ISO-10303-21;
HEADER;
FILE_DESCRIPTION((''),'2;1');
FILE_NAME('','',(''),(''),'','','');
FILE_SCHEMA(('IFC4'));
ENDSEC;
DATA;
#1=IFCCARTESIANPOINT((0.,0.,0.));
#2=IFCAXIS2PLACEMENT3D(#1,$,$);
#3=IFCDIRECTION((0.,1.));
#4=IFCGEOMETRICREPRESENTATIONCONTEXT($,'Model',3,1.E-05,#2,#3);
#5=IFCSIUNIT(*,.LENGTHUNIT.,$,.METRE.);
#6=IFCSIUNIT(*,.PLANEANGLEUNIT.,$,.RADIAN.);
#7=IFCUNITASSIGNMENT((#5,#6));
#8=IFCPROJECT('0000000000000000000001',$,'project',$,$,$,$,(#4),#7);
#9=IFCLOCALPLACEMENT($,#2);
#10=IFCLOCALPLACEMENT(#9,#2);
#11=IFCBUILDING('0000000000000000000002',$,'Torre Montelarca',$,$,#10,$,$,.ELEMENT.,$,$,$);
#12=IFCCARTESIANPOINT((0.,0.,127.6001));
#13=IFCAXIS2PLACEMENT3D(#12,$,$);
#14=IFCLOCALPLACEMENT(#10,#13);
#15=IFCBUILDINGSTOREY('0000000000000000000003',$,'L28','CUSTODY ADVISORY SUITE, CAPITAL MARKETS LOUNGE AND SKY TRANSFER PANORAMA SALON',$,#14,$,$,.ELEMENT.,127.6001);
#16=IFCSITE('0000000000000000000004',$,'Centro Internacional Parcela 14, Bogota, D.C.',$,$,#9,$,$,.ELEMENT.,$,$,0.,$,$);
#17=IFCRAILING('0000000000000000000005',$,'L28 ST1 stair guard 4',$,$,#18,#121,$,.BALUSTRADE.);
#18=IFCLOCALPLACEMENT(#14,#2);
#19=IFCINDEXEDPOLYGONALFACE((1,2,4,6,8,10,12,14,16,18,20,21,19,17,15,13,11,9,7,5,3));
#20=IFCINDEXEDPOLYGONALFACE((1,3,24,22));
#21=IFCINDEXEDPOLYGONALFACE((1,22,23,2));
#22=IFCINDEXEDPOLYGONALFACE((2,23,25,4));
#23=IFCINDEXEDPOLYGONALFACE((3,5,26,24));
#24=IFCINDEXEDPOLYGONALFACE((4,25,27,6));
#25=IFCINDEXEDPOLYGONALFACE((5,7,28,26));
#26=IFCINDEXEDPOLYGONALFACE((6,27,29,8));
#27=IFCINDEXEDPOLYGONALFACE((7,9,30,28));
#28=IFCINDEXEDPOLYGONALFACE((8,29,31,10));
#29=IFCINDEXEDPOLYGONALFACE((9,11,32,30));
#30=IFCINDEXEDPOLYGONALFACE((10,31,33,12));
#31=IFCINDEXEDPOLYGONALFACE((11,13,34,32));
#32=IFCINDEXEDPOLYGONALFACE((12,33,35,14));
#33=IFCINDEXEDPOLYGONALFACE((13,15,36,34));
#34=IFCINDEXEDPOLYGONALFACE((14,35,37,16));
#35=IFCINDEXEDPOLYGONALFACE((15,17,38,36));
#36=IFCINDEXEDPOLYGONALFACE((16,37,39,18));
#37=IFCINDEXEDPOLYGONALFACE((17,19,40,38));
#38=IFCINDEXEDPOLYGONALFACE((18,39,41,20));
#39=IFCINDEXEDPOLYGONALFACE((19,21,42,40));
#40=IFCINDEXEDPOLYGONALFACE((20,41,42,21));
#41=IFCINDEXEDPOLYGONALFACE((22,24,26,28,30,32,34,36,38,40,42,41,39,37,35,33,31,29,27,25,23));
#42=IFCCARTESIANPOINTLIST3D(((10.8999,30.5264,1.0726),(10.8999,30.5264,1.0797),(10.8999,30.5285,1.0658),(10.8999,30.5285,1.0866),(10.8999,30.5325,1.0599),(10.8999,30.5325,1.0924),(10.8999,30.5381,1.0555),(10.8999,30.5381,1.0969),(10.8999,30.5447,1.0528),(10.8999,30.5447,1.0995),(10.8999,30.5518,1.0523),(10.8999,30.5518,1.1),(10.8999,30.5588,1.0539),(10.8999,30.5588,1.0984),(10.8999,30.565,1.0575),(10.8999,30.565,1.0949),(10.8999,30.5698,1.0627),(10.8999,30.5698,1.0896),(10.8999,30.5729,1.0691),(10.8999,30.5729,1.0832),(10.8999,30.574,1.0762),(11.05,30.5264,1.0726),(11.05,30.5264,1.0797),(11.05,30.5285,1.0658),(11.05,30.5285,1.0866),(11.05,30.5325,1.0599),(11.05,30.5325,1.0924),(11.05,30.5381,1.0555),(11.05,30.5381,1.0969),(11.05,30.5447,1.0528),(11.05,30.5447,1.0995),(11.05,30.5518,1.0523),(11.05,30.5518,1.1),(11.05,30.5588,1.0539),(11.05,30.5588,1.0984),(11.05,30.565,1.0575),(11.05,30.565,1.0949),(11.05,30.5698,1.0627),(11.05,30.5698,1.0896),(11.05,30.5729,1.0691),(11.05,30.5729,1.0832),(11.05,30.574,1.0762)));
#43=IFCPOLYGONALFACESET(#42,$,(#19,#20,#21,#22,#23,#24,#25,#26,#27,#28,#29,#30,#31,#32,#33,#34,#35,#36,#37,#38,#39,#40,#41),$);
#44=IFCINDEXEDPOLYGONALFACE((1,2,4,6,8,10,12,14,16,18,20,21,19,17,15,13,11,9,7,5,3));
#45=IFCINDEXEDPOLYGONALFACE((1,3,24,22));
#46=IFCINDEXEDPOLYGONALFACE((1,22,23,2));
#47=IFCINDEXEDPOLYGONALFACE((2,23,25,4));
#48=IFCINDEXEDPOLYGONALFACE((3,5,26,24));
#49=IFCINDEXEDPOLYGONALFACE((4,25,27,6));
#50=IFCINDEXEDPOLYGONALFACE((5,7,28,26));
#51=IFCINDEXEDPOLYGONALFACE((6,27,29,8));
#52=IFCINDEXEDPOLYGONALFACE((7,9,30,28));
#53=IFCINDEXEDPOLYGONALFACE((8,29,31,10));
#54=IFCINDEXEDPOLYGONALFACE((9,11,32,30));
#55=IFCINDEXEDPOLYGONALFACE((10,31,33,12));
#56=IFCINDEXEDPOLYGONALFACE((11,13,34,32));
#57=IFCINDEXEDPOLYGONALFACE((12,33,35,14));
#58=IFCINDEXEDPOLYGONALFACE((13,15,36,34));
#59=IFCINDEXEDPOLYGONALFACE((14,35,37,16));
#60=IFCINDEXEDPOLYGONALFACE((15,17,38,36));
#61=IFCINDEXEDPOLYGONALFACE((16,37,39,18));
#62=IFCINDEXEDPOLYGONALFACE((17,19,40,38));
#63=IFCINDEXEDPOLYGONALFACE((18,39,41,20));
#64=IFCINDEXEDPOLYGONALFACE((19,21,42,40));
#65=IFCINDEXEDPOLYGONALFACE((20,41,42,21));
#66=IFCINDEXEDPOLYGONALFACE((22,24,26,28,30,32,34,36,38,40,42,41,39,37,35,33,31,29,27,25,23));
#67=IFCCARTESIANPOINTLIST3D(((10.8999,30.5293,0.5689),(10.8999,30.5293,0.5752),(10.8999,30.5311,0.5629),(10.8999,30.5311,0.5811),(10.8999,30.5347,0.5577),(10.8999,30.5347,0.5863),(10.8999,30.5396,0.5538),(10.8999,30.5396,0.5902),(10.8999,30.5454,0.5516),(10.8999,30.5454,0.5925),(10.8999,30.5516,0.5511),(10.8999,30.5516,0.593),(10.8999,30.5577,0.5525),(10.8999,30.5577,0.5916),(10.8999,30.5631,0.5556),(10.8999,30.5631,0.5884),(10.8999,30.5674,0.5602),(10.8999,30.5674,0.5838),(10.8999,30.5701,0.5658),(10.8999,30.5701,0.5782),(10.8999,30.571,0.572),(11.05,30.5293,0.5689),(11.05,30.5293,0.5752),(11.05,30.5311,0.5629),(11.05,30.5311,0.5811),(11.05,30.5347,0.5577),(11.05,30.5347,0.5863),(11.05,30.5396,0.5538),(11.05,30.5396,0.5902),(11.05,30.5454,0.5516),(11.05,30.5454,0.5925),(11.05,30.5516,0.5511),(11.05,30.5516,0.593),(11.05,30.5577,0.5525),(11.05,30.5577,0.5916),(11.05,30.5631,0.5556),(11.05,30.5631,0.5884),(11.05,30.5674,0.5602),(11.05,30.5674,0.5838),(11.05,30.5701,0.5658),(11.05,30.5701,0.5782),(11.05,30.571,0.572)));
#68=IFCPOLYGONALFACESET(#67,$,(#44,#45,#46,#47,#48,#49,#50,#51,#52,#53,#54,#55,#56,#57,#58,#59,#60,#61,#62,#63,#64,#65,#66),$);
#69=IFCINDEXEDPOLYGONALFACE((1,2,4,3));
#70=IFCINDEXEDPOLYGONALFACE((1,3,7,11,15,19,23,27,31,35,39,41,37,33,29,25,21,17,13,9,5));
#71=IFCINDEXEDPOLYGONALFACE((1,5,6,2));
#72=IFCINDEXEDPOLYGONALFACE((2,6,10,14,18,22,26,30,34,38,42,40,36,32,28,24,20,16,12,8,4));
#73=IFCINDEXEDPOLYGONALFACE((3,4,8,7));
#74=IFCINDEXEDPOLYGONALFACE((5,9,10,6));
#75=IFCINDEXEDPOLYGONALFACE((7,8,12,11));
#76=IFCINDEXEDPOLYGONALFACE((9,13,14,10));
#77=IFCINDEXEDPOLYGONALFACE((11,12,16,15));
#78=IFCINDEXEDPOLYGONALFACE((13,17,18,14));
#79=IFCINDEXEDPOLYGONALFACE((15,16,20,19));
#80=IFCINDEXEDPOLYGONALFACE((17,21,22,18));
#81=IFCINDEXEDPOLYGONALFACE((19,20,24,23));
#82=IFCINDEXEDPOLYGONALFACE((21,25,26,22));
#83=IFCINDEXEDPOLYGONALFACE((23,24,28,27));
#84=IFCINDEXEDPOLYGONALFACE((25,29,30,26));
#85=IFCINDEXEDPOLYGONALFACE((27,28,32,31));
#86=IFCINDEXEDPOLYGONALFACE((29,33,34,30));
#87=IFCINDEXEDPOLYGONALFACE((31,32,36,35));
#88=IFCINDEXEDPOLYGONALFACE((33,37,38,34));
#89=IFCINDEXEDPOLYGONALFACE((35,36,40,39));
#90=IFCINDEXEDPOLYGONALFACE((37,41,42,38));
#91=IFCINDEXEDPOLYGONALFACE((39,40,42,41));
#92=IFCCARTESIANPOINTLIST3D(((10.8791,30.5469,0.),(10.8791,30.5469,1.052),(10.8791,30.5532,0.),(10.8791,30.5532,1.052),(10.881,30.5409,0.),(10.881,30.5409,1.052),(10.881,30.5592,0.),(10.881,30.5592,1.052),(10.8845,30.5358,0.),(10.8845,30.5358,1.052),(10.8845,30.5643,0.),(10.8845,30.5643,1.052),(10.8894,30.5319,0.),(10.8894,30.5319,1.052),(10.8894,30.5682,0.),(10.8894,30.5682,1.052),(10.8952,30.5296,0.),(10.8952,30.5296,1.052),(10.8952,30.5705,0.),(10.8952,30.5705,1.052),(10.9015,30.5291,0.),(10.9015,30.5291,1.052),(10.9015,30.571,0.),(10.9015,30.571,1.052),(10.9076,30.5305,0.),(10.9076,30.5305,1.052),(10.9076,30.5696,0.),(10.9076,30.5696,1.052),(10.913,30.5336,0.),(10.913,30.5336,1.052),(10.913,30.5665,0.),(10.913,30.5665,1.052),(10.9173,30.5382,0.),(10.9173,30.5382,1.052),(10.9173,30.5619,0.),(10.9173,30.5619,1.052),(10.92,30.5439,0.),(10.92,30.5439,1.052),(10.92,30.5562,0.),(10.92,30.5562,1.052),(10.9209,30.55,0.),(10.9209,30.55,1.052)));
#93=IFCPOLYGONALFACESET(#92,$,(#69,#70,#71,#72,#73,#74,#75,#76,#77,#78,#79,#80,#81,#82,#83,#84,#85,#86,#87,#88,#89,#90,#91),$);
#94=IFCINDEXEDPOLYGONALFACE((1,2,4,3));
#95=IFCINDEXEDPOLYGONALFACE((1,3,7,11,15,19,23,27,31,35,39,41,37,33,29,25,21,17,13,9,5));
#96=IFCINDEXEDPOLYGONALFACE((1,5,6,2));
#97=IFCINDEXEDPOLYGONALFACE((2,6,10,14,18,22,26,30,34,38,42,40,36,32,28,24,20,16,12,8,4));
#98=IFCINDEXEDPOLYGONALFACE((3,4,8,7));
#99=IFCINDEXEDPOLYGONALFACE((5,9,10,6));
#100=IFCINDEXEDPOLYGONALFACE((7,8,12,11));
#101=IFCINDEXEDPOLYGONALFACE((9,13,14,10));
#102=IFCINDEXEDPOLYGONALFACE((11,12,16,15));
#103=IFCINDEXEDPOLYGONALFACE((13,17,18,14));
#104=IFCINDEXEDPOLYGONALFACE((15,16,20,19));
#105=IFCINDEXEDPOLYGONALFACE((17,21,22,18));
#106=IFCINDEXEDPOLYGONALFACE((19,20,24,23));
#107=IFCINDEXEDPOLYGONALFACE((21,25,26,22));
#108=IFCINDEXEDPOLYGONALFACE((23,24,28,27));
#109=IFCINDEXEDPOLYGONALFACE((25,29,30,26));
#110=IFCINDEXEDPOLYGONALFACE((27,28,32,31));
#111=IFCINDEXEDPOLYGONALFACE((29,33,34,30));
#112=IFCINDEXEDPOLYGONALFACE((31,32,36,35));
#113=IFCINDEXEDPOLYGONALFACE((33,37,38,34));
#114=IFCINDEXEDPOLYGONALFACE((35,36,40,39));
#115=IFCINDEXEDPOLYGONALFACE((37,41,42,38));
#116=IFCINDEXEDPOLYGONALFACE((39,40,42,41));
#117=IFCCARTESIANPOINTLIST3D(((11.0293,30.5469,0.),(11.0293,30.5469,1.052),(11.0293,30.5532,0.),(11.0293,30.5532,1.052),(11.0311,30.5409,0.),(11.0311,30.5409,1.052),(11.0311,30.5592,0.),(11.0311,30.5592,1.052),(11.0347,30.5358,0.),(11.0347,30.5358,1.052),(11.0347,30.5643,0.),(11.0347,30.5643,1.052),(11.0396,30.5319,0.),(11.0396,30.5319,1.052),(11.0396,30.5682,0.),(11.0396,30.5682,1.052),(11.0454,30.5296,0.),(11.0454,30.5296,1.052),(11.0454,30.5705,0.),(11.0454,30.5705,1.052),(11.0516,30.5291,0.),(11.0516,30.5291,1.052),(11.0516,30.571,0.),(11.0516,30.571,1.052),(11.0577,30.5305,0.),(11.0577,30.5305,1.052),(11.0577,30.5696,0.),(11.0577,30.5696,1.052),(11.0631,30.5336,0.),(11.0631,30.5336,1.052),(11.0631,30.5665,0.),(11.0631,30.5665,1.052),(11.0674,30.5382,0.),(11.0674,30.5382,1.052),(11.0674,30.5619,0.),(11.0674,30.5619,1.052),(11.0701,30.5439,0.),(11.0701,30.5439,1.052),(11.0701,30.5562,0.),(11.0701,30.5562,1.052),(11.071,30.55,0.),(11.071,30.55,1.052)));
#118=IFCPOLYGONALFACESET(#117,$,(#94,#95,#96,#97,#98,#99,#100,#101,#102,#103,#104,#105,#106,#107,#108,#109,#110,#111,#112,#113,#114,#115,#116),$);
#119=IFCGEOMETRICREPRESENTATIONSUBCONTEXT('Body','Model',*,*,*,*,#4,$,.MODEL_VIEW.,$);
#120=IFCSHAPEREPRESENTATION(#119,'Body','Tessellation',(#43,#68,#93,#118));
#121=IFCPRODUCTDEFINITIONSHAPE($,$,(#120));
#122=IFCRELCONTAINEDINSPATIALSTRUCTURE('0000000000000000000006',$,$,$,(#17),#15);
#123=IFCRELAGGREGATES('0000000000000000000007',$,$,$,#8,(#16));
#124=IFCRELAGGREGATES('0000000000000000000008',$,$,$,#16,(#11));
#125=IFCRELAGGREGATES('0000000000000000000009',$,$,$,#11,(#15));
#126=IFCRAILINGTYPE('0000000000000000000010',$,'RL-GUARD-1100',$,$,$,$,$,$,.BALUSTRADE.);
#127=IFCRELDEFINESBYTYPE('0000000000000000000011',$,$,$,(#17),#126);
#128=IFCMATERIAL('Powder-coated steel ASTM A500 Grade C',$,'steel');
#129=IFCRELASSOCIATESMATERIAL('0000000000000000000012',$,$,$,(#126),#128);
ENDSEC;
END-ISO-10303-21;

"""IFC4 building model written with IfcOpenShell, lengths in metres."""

from ifc_helpers import new_model, si_unit, direction, frame, origin, origin_2d, place, context, subcontext, project, spatial, circle, extrude, material, type_object, element, save


model = new_model("IFC4")

# Units and contexts
model_context = context("Model", 3, precision=1e-05, world=origin(), true_north=direction((0.0, 1.0)))
body_context = subcontext(model_context, "Body", "Model", "MODEL_VIEW")
ifc_project = project(units=[si_unit("LENGTHUNIT", "METRE"), si_unit("PLANEANGLEUNIT", "RADIAN")], contexts=[model_context])

# Site, building, storey
site_placement = place(None, origin())
site = spatial("IfcSite", under=ifc_project, at=site_placement, Name="Centro Internacional Parcela 14, Bogota, D.C.", CompositionType="ELEMENT", RefElevation=0.0)
building_placement = place(site_placement, origin())
building = spatial("IfcBuilding", under=site, at=building_placement, Name="Torre Montelarca", CompositionType="ELEMENT")
storey_placement = place(building_placement, frame((0.0, 0.0, 127.6001)))
storey = spatial("IfcBuildingStorey", under=building, at=storey_placement, Name="L28", Description="CUSTODY ADVISORY SUITE, CAPITAL MARKETS LOUNGE AND SKY TRANSFER PANORAMA SALON", CompositionType="ELEMENT", Elevation=127.6001)

# Railing
ifc_material_1 = material(Name="Powder-coated steel ASTM A500 Grade C", Category="steel")
railing_type_1 = type_object("IfcRailingType", Name="RL-GUARD-1100", PredefinedType="BALUSTRADE", material=ifc_material_1)
for number, where, name in (
    (1, (10.8999, 30.55, 0.0), "L28 ST1 stair guard 4"),
):
    element("IfcRailing", number, at=place(storey_placement, frame(where)), inside=storey, type_object=railing_type_1, Name=name, PredefinedType="BALUSTRADE", context=body_context, shape_type="SweptSolid", body=[
        extrude(circle(Radius=0.0239, at=origin_2d()), frame((0.0, 0.0, 1.0762), z_axis=(1.0, 0.0, 0.0), x_axis=(0.0, 1.0, 0.0)), (0.0, 0.0, 1.0), 0.1501),
        extrude(circle(Radius=0.021, at=origin_2d()), frame((0.0, 0.0, 0.572), z_axis=(1.0, 0.0, 0.0), x_axis=(0.0, 1.0, 0.0)), (0.0, 0.0, 1.0), 0.1501),
        extrude(circle(Radius=0.021, at=origin_2d()), origin(), (0.0, 0.0, 1.0), 1.052),
        extrude(circle(Radius=0.021, at=origin_2d()), frame((0.1501, 0.0, 0.0)), (0.0, 0.0, 1.0), 1.052),
    ])

save(model, "model.ifc")
